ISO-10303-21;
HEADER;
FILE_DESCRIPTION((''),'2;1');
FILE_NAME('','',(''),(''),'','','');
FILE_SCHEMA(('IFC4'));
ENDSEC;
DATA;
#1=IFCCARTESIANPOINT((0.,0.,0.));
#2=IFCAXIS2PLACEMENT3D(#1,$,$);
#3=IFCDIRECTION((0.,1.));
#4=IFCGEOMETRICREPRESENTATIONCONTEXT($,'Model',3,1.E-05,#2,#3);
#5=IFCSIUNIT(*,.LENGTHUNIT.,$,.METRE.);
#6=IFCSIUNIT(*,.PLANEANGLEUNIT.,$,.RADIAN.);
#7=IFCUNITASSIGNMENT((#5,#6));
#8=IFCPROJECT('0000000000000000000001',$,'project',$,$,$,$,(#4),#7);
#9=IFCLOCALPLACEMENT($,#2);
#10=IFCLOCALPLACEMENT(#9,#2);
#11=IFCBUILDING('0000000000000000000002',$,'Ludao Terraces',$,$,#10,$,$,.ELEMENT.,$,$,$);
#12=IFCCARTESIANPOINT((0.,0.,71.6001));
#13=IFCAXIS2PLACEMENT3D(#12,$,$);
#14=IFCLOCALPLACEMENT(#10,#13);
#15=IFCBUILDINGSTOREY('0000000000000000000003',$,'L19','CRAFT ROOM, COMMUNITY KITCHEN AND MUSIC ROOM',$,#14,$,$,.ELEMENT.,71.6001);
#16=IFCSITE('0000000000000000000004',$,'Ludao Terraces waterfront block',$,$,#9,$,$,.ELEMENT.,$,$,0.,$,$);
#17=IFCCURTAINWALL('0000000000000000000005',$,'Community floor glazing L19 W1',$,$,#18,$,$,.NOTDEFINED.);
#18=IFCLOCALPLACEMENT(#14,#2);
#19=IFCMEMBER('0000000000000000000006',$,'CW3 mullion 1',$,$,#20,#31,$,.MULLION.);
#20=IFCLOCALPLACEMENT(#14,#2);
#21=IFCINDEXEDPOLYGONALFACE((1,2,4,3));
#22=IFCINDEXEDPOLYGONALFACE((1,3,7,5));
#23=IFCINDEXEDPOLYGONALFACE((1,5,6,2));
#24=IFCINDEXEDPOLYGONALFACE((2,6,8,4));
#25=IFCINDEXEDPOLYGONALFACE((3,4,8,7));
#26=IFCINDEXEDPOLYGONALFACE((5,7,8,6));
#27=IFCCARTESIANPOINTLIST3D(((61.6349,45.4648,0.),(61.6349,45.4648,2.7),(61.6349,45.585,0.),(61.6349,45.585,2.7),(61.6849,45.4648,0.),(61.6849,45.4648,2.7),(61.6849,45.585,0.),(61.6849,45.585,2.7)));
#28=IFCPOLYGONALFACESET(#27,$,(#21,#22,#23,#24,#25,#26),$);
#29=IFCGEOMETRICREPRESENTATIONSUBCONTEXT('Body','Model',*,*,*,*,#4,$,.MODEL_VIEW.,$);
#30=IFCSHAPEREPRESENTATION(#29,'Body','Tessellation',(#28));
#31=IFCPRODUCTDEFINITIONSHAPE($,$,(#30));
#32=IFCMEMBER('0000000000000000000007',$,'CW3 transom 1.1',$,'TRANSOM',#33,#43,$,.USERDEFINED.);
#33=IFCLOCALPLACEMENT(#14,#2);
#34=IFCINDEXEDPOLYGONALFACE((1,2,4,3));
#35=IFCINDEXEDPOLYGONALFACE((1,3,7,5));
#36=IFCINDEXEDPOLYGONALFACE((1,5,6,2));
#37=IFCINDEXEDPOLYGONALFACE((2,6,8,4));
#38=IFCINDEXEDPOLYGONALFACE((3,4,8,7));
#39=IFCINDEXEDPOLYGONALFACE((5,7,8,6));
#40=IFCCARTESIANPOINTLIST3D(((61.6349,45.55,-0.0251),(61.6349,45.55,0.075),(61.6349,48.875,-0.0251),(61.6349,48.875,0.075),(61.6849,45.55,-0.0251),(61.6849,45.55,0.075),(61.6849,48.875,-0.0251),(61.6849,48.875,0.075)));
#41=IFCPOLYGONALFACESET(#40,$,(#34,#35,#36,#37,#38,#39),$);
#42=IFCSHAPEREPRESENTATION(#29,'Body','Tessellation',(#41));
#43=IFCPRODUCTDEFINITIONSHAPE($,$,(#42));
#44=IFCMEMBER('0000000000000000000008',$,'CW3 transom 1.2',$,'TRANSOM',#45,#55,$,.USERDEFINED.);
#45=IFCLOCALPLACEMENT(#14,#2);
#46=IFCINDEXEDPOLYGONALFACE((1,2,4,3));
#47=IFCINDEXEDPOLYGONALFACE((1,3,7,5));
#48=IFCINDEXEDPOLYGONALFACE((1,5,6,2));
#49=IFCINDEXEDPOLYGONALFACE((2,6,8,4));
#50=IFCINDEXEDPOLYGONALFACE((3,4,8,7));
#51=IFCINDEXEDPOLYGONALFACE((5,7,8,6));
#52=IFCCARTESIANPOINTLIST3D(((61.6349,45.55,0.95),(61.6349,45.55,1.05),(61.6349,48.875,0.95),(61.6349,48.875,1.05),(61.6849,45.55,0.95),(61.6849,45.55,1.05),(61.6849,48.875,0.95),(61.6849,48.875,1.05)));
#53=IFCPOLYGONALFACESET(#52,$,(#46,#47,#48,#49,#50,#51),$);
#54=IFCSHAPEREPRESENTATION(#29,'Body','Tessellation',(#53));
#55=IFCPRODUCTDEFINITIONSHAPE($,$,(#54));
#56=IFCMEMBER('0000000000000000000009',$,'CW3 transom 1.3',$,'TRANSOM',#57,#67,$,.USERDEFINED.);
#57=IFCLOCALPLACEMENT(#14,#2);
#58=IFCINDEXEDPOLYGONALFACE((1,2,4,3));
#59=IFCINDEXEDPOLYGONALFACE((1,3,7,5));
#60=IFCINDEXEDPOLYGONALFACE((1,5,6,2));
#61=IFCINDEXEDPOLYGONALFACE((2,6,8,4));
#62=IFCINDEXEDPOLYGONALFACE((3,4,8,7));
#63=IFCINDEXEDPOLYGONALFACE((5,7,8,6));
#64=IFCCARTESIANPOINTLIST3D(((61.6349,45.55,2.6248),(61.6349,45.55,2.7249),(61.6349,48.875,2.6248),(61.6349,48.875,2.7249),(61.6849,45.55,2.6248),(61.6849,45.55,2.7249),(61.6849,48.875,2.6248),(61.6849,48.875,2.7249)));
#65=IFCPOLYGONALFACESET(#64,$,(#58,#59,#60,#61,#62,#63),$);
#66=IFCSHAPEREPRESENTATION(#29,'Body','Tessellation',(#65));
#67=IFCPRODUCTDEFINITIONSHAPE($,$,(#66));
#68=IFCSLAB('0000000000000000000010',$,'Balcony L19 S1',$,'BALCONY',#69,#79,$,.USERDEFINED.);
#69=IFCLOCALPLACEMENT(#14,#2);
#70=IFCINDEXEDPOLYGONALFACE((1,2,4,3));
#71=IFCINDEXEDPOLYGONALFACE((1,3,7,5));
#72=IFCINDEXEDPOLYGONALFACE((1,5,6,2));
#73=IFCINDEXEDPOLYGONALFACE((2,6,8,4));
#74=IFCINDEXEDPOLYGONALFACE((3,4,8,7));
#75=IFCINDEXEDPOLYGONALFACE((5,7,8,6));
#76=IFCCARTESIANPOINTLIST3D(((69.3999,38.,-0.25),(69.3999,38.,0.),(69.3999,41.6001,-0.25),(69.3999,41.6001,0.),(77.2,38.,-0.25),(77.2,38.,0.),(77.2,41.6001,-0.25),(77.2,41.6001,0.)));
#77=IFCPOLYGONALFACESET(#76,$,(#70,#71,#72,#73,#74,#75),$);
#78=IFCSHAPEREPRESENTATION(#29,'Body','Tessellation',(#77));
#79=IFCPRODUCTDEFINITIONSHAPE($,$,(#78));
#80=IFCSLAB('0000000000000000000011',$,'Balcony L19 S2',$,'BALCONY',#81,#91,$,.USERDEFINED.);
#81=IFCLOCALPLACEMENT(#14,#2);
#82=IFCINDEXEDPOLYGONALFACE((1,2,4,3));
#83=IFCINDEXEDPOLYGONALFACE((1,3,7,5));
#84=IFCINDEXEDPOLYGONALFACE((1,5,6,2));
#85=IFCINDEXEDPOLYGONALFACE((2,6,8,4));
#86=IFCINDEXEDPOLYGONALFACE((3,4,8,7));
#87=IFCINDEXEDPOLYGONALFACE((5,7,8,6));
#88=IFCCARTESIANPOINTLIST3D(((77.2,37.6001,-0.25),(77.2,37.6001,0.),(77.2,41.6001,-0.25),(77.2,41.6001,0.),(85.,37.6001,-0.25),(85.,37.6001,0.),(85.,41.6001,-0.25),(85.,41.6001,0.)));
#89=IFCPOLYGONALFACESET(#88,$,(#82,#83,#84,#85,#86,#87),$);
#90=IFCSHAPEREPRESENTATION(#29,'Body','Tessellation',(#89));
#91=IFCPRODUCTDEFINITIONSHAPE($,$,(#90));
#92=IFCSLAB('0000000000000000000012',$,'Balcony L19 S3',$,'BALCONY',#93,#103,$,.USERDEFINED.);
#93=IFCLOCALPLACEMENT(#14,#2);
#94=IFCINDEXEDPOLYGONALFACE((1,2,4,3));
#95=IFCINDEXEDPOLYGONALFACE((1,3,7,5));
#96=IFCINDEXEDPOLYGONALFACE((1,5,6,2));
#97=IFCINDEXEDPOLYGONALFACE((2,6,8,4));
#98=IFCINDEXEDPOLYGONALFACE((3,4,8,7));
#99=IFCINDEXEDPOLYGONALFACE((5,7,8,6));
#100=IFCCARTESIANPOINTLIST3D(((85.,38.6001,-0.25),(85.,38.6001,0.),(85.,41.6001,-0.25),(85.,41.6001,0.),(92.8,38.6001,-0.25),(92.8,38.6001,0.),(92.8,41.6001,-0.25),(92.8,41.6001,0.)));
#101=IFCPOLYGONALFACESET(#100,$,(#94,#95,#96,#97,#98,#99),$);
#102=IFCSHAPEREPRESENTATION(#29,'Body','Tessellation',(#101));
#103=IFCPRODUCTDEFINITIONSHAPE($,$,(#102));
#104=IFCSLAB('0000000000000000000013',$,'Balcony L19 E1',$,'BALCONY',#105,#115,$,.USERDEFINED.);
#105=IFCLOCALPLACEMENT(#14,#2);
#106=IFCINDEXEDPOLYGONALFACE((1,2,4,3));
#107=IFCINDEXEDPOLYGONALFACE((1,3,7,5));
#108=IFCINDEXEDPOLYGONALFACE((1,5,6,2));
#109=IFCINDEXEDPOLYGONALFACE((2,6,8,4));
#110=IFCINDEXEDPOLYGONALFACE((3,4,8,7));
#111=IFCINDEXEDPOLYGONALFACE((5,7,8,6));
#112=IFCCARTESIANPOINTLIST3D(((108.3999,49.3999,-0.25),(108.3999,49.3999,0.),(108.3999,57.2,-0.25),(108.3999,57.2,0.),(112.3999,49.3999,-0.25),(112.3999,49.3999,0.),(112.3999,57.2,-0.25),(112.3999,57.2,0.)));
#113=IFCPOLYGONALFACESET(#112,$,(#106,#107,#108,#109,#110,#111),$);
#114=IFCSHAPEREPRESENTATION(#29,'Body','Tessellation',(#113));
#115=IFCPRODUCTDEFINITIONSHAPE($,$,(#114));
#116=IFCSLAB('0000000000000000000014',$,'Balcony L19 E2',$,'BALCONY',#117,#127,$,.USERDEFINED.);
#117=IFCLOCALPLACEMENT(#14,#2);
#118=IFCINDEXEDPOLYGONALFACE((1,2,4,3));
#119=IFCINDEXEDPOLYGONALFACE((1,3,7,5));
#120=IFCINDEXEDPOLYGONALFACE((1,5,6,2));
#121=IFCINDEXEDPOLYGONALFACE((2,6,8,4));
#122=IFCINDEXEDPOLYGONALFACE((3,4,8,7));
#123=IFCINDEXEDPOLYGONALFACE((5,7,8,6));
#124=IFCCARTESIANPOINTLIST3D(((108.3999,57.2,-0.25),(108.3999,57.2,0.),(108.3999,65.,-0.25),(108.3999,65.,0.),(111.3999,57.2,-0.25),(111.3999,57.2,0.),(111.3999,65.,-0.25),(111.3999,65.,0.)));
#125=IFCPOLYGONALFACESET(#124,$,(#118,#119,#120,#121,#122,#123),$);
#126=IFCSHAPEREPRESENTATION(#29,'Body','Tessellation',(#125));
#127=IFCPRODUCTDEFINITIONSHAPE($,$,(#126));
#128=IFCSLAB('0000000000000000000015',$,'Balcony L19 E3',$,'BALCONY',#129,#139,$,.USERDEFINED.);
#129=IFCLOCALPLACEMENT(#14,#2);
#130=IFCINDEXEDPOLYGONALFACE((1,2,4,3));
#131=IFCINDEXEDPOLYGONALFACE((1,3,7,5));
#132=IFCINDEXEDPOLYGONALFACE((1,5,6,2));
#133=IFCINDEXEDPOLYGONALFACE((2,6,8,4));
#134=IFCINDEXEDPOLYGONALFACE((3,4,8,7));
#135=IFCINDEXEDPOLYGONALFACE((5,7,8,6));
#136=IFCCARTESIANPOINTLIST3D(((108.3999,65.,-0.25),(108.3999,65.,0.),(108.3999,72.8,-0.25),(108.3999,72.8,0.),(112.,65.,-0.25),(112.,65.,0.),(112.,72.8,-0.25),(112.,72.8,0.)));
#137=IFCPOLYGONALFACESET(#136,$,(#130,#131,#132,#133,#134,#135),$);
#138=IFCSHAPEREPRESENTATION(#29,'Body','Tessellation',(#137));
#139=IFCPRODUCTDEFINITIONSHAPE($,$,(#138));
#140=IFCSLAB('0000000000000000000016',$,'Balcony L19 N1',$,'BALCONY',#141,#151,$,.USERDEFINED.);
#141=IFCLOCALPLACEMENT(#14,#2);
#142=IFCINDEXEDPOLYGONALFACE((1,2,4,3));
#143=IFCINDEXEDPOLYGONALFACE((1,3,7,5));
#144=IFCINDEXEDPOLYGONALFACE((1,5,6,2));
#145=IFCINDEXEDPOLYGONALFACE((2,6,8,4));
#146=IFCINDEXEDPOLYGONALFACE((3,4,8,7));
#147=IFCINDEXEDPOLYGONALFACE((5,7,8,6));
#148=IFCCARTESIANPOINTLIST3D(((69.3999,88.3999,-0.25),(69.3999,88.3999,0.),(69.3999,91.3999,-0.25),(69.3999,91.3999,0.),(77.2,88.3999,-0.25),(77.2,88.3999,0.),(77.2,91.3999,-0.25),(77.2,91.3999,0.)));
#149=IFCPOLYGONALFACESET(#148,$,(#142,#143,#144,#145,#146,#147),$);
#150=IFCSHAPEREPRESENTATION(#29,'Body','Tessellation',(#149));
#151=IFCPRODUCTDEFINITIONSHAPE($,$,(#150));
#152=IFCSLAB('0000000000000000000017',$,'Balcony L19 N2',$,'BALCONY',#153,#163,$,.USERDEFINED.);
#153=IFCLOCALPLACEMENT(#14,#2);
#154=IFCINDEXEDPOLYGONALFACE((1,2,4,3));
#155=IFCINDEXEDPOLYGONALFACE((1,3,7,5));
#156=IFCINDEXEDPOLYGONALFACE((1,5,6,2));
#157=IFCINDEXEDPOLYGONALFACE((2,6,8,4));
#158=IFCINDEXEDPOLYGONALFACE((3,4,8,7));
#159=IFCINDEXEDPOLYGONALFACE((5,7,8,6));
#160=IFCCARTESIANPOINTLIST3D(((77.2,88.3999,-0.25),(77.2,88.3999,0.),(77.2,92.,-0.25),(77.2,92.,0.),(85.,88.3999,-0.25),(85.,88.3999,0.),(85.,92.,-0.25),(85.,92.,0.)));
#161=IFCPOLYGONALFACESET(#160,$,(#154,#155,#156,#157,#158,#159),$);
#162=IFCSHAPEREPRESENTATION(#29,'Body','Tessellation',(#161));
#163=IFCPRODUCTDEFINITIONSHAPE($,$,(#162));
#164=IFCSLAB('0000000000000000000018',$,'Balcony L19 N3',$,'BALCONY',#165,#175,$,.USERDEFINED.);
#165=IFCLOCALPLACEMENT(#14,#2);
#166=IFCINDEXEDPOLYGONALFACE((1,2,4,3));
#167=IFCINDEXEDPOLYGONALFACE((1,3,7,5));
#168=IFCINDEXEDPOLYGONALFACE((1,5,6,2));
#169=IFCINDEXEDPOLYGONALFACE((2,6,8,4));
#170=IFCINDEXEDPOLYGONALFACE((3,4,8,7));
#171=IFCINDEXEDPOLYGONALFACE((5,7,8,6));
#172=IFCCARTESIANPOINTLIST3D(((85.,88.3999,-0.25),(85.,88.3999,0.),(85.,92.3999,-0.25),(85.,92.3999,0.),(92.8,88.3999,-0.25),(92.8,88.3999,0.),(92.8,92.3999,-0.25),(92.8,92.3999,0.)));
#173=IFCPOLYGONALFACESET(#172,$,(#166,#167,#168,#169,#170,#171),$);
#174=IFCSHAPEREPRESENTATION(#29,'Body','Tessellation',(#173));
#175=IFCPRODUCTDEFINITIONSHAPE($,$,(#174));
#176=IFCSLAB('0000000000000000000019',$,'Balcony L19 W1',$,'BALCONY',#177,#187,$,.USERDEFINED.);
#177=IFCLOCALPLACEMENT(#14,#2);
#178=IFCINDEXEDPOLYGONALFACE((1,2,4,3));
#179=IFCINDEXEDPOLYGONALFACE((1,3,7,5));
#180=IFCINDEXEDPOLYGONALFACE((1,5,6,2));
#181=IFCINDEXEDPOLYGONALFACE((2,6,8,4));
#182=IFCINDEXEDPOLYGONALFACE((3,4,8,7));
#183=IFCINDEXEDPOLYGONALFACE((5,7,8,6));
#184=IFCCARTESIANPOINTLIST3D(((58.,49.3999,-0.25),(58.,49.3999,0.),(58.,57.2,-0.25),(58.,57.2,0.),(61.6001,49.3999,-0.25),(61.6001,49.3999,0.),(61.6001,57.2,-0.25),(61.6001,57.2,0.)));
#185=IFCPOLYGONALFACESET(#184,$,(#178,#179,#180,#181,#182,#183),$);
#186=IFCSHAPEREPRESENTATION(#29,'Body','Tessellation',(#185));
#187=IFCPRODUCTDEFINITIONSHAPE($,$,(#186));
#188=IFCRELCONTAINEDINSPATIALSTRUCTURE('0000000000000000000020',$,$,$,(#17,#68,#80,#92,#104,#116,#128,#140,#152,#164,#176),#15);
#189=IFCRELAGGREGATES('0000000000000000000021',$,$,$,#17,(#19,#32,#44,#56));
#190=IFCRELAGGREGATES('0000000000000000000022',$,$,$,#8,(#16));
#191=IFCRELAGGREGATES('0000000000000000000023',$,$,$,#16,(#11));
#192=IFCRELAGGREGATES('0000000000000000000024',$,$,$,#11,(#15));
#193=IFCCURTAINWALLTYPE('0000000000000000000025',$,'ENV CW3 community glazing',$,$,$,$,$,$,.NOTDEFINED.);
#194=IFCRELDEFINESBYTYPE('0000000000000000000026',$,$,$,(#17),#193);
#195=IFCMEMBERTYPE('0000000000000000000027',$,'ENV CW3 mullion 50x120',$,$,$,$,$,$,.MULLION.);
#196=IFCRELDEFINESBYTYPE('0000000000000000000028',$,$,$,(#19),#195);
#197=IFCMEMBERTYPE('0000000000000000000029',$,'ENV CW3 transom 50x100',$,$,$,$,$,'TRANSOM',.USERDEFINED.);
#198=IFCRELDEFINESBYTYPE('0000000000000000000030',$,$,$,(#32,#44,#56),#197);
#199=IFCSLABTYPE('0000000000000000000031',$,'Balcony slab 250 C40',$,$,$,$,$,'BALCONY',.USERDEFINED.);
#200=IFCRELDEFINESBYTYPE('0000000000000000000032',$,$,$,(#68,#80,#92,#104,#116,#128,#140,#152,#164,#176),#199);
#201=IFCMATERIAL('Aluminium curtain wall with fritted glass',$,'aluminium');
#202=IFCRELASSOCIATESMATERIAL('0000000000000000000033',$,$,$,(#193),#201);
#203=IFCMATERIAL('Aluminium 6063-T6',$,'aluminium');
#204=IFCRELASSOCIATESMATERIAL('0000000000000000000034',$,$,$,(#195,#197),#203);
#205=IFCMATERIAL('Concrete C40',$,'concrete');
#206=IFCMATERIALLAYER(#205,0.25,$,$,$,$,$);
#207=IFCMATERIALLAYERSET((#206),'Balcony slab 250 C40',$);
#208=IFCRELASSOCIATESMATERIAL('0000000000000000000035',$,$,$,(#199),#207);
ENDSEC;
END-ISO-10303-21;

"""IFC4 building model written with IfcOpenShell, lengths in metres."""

from ifc_helpers import new_model, si_unit, direction, frame, origin, origin_2d, place, context, subcontext, project, spatial, polyline, rectangle, outline, extrude, material, layer, layer_set, material_profile, profile_set, type_object, element, aggregate, save


model = new_model("IFC4")

# Units and contexts
model_context = context("Model", 3, precision=1e-05, world=origin(), true_north=direction((0.0, 1.0)))
body_context = subcontext(model_context, "Body", "Model", "MODEL_VIEW")
ifc_project = project(units=[si_unit("LENGTHUNIT", "METRE"), si_unit("PLANEANGLEUNIT", "RADIAN")], contexts=[model_context])

# Site, building, storey
site_placement = place(None, origin())
site = spatial("IfcSite", under=ifc_project, at=site_placement, Name="Ludao Terraces waterfront block", CompositionType="ELEMENT", RefElevation=0.0)
building_placement = place(site_placement, origin())
building = spatial("IfcBuilding", under=site, at=building_placement, Name="Ludao Terraces", CompositionType="ELEMENT")
storey_placement = place(building_placement, frame((0.0, 0.0, 71.6001)))
storey = spatial("IfcBuildingStorey", under=building, at=storey_placement, Name="L19", Description="CRAFT ROOM, COMMUNITY KITCHEN AND MUSIC ROOM", CompositionType="ELEMENT", Elevation=71.6001)

# Curtain wall, members
ifc_material_1 = material(Name="Aluminium curtain wall with fritted glass", Category="aluminium")
curtain_wall_type = type_object("IfcCurtainWallType", Name="ENV CW3 community glazing", PredefinedType="NOTDEFINED", material=ifc_material_1)
curtain_wall_placement = place(storey_placement, origin())
curtain_wall = element("IfcCurtainWall", 1, at=curtain_wall_placement, inside=storey, type_object=curtain_wall_type, Name="Community floor glazing L19 W1", PredefinedType="NOTDEFINED")
ifc_material_2 = material(Name="Aluminium 6063-T6", Category="aluminium")
ifc_material_profile_1 = material_profile(ifc_material_2, rectangle(XDim=0.05, YDim=0.1201, at=origin_2d()), Name="50 X 120")
ifc_profile_set_1 = profile_set([ifc_material_profile_1], Name="Aluminium 6063-T6")
member_type_1 = type_object("IfcMemberType", Name="ENV CW3 mullion 50x120", PredefinedType="MULLION", material=ifc_profile_set_1)
member_1_placement = place(storey_placement, frame((61.6599, 45.5249, 0.0), z_axis=(0.0, 0.0, 1.0), x_axis=(-1.0, 0.0, 0.0)))
member_1 = element("IfcMember", 2, at=member_1_placement, type_object=member_type_1, Name="CW3 mullion 1", PredefinedType="MULLION", context=body_context, shape_type="SweptSolid", body=[
    extrude(rectangle(XDim=0.05, YDim=0.1201, at=origin_2d()), origin(), (0.0, 0.0, 1.0), 2.7),
])
ifc_material_profile_2 = material_profile(ifc_material_2, rectangle(XDim=0.05, YDim=0.1001, at=origin_2d()), Name="50 X 100")
ifc_profile_set_2 = profile_set([ifc_material_profile_2], Name="Aluminium 6063-T6")
member_type_2 = type_object("IfcMemberType", Name="ENV CW3 transom 50x100", ElementType="TRANSOM", PredefinedType="USERDEFINED", material=ifc_profile_set_2)
member_2_placement = place(storey_placement, frame((61.6599, 45.55, 0.0249), z_axis=(0.0, 1.0, 0.0), x_axis=(-1.0, 0.0, 0.0)))
member_2 = element("IfcMember", 3, at=member_2_placement, type_object=member_type_2, Name="CW3 transom 1.1", ObjectType="TRANSOM", PredefinedType="USERDEFINED", context=body_context, shape_type="SweptSolid", body=[
    extrude(rectangle(XDim=0.05, YDim=0.1001, at=origin_2d()), origin(), (0.0, 0.0, 1.0), 3.325),
])
member_3_placement = place(storey_placement, frame((61.6599, 45.55, 1.0), z_axis=(0.0, 1.0, 0.0), x_axis=(-1.0, 0.0, 0.0)))
member_3 = element("IfcMember", 4, at=member_3_placement, type_object=member_type_2, Name="CW3 transom 1.2", ObjectType="TRANSOM", PredefinedType="USERDEFINED", context=body_context, shape_type="SweptSolid", body=[
    extrude(rectangle(XDim=0.05, YDim=0.1001, at=origin_2d()), origin(), (0.0, 0.0, 1.0), 3.325),
])
member_4_placement = place(storey_placement, frame((61.6599, 45.55, 2.6748), z_axis=(0.0, 1.0, 0.0), x_axis=(-1.0, 0.0, 0.0)))
member_4 = element("IfcMember", 5, at=member_4_placement, type_object=member_type_2, Name="CW3 transom 1.3", ObjectType="TRANSOM", PredefinedType="USERDEFINED", context=body_context, shape_type="SweptSolid", body=[
    extrude(rectangle(XDim=0.05, YDim=0.1001, at=origin_2d()), origin(), (0.0, 0.0, 1.0), 3.325),
])

# Slabs
ifc_material_3 = material(Name="Concrete C40", Category="concrete")
ifc_layer_1 = layer(ifc_material_3, 0.25)
ifc_layer_set_1 = layer_set([ifc_layer_1], Name="Balcony slab 250 C40")
slab_type_1 = type_object("IfcSlabType", Name="Balcony slab 250 C40", ElementType="BALCONY", PredefinedType="USERDEFINED", material=ifc_layer_set_1)
slab_1_placement = place(storey_placement, frame((0.0, 0.0, -0.25)))
element("IfcSlab", 6, at=slab_1_placement, inside=storey, type_object=slab_type_1, Name="Balcony L19 S1", ObjectType="BALCONY", PredefinedType="USERDEFINED", context=body_context, shape_type="SweptSolid", body=[
    extrude(outline(polyline([(69.3999, 38.0), (77.2, 38.0), (77.2, 41.6001), (69.3999, 41.6001), (69.3999, 38.0)])), origin(), (0.0, 0.0, 1.0), 0.25),
])
slab_2_placement = place(storey_placement, frame((0.0, 0.0, -0.25)))
element("IfcSlab", 7, at=slab_2_placement, inside=storey, type_object=slab_type_1, Name="Balcony L19 S2", ObjectType="BALCONY", PredefinedType="USERDEFINED", context=body_context, shape_type="SweptSolid", body=[
    extrude(outline(polyline([(77.2, 37.6001), (85.0, 37.6001), (85.0, 41.6001), (77.2, 41.6001), (77.2, 37.6001)])), origin(), (0.0, 0.0, 1.0), 0.25),
])
slab_3_placement = place(storey_placement, frame((0.0, 0.0, -0.25)))
element("IfcSlab", 8, at=slab_3_placement, inside=storey, type_object=slab_type_1, Name="Balcony L19 S3", ObjectType="BALCONY", PredefinedType="USERDEFINED", context=body_context, shape_type="SweptSolid", body=[
    extrude(outline(polyline([(85.0, 38.6001), (92.8, 38.6001), (92.8, 41.6001), (85.0, 41.6001), (85.0, 38.6001)])), origin(), (0.0, 0.0, 1.0), 0.25),
])
slab_4_placement = place(storey_placement, frame((0.0, 0.0, -0.25)))
element("IfcSlab", 9, at=slab_4_placement, inside=storey, type_object=slab_type_1, Name="Balcony L19 E1", ObjectType="BALCONY", PredefinedType="USERDEFINED", context=body_context, shape_type="SweptSolid", body=[
    extrude(outline(polyline([(108.3999, 49.3999), (112.3999, 49.3999), (112.3999, 57.2), (108.3999, 57.2), (108.3999, 49.3999)])), origin(), (0.0, 0.0, 1.0), 0.25),
])
slab_5_placement = place(storey_placement, frame((0.0, 0.0, -0.25)))
element("IfcSlab", 10, at=slab_5_placement, inside=storey, type_object=slab_type_1, Name="Balcony L19 E2", ObjectType="BALCONY", PredefinedType="USERDEFINED", context=body_context, shape_type="SweptSolid", body=[
    extrude(outline(polyline([(108.3999, 57.2), (111.3999, 57.2), (111.3999, 65.0), (108.3999, 65.0), (108.3999, 57.2)])), origin(), (0.0, 0.0, 1.0), 0.25),
])
slab_6_placement = place(storey_placement, frame((0.0, 0.0, -0.25)))
element("IfcSlab", 11, at=slab_6_placement, inside=storey, type_object=slab_type_1, Name="Balcony L19 E3", ObjectType="BALCONY", PredefinedType="USERDEFINED", context=body_context, shape_type="SweptSolid", body=[
    extrude(outline(polyline([(108.3999, 65.0), (112.0, 65.0), (112.0, 72.8), (108.3999, 72.8), (108.3999, 65.0)])), origin(), (0.0, 0.0, 1.0), 0.25),
])
slab_7_placement = place(storey_placement, frame((0.0, 0.0, -0.25)))
element("IfcSlab", 12, at=slab_7_placement, inside=storey, type_object=slab_type_1, Name="Balcony L19 N1", ObjectType="BALCONY", PredefinedType="USERDEFINED", context=body_context, shape_type="SweptSolid", body=[
    extrude(outline(polyline([(69.3999, 88.3999), (77.2, 88.3999), (77.2, 91.3999), (69.3999, 91.3999), (69.3999, 88.3999)])), origin(), (0.0, 0.0, 1.0), 0.25),
])
slab_8_placement = place(storey_placement, frame((0.0, 0.0, -0.25)))
element("IfcSlab", 13, at=slab_8_placement, inside=storey, type_object=slab_type_1, Name="Balcony L19 N2", ObjectType="BALCONY", PredefinedType="USERDEFINED", context=body_context, shape_type="SweptSolid", body=[
    extrude(outline(polyline([(77.2, 88.3999), (85.0, 88.3999), (85.0, 92.0), (77.2, 92.0), (77.2, 88.3999)])), origin(), (0.0, 0.0, 1.0), 0.25),
])
slab_9_placement = place(storey_placement, frame((0.0, 0.0, -0.25)))
element("IfcSlab", 14, at=slab_9_placement, inside=storey, type_object=slab_type_1, Name="Balcony L19 N3", ObjectType="BALCONY", PredefinedType="USERDEFINED", context=body_context, shape_type="SweptSolid", body=[
    extrude(outline(polyline([(85.0, 88.3999), (92.8, 88.3999), (92.8, 92.3999), (85.0, 92.3999), (85.0, 88.3999)])), origin(), (0.0, 0.0, 1.0), 0.25),
])
slab_10_placement = place(storey_placement, frame((0.0, 0.0, -0.25)))
element("IfcSlab", 15, at=slab_10_placement, inside=storey, type_object=slab_type_1, Name="Balcony L19 W1", ObjectType="BALCONY", PredefinedType="USERDEFINED", context=body_context, shape_type="SweptSolid", body=[
    extrude(outline(polyline([(58.0, 49.3999), (61.6001, 49.3999), (61.6001, 57.2), (58.0, 57.2), (58.0, 49.3999)])), origin(), (0.0, 0.0, 1.0), 0.25),
])

aggregate(curtain_wall, [member_1, member_2, member_3, member_4])

save(model, "model.ifc")
